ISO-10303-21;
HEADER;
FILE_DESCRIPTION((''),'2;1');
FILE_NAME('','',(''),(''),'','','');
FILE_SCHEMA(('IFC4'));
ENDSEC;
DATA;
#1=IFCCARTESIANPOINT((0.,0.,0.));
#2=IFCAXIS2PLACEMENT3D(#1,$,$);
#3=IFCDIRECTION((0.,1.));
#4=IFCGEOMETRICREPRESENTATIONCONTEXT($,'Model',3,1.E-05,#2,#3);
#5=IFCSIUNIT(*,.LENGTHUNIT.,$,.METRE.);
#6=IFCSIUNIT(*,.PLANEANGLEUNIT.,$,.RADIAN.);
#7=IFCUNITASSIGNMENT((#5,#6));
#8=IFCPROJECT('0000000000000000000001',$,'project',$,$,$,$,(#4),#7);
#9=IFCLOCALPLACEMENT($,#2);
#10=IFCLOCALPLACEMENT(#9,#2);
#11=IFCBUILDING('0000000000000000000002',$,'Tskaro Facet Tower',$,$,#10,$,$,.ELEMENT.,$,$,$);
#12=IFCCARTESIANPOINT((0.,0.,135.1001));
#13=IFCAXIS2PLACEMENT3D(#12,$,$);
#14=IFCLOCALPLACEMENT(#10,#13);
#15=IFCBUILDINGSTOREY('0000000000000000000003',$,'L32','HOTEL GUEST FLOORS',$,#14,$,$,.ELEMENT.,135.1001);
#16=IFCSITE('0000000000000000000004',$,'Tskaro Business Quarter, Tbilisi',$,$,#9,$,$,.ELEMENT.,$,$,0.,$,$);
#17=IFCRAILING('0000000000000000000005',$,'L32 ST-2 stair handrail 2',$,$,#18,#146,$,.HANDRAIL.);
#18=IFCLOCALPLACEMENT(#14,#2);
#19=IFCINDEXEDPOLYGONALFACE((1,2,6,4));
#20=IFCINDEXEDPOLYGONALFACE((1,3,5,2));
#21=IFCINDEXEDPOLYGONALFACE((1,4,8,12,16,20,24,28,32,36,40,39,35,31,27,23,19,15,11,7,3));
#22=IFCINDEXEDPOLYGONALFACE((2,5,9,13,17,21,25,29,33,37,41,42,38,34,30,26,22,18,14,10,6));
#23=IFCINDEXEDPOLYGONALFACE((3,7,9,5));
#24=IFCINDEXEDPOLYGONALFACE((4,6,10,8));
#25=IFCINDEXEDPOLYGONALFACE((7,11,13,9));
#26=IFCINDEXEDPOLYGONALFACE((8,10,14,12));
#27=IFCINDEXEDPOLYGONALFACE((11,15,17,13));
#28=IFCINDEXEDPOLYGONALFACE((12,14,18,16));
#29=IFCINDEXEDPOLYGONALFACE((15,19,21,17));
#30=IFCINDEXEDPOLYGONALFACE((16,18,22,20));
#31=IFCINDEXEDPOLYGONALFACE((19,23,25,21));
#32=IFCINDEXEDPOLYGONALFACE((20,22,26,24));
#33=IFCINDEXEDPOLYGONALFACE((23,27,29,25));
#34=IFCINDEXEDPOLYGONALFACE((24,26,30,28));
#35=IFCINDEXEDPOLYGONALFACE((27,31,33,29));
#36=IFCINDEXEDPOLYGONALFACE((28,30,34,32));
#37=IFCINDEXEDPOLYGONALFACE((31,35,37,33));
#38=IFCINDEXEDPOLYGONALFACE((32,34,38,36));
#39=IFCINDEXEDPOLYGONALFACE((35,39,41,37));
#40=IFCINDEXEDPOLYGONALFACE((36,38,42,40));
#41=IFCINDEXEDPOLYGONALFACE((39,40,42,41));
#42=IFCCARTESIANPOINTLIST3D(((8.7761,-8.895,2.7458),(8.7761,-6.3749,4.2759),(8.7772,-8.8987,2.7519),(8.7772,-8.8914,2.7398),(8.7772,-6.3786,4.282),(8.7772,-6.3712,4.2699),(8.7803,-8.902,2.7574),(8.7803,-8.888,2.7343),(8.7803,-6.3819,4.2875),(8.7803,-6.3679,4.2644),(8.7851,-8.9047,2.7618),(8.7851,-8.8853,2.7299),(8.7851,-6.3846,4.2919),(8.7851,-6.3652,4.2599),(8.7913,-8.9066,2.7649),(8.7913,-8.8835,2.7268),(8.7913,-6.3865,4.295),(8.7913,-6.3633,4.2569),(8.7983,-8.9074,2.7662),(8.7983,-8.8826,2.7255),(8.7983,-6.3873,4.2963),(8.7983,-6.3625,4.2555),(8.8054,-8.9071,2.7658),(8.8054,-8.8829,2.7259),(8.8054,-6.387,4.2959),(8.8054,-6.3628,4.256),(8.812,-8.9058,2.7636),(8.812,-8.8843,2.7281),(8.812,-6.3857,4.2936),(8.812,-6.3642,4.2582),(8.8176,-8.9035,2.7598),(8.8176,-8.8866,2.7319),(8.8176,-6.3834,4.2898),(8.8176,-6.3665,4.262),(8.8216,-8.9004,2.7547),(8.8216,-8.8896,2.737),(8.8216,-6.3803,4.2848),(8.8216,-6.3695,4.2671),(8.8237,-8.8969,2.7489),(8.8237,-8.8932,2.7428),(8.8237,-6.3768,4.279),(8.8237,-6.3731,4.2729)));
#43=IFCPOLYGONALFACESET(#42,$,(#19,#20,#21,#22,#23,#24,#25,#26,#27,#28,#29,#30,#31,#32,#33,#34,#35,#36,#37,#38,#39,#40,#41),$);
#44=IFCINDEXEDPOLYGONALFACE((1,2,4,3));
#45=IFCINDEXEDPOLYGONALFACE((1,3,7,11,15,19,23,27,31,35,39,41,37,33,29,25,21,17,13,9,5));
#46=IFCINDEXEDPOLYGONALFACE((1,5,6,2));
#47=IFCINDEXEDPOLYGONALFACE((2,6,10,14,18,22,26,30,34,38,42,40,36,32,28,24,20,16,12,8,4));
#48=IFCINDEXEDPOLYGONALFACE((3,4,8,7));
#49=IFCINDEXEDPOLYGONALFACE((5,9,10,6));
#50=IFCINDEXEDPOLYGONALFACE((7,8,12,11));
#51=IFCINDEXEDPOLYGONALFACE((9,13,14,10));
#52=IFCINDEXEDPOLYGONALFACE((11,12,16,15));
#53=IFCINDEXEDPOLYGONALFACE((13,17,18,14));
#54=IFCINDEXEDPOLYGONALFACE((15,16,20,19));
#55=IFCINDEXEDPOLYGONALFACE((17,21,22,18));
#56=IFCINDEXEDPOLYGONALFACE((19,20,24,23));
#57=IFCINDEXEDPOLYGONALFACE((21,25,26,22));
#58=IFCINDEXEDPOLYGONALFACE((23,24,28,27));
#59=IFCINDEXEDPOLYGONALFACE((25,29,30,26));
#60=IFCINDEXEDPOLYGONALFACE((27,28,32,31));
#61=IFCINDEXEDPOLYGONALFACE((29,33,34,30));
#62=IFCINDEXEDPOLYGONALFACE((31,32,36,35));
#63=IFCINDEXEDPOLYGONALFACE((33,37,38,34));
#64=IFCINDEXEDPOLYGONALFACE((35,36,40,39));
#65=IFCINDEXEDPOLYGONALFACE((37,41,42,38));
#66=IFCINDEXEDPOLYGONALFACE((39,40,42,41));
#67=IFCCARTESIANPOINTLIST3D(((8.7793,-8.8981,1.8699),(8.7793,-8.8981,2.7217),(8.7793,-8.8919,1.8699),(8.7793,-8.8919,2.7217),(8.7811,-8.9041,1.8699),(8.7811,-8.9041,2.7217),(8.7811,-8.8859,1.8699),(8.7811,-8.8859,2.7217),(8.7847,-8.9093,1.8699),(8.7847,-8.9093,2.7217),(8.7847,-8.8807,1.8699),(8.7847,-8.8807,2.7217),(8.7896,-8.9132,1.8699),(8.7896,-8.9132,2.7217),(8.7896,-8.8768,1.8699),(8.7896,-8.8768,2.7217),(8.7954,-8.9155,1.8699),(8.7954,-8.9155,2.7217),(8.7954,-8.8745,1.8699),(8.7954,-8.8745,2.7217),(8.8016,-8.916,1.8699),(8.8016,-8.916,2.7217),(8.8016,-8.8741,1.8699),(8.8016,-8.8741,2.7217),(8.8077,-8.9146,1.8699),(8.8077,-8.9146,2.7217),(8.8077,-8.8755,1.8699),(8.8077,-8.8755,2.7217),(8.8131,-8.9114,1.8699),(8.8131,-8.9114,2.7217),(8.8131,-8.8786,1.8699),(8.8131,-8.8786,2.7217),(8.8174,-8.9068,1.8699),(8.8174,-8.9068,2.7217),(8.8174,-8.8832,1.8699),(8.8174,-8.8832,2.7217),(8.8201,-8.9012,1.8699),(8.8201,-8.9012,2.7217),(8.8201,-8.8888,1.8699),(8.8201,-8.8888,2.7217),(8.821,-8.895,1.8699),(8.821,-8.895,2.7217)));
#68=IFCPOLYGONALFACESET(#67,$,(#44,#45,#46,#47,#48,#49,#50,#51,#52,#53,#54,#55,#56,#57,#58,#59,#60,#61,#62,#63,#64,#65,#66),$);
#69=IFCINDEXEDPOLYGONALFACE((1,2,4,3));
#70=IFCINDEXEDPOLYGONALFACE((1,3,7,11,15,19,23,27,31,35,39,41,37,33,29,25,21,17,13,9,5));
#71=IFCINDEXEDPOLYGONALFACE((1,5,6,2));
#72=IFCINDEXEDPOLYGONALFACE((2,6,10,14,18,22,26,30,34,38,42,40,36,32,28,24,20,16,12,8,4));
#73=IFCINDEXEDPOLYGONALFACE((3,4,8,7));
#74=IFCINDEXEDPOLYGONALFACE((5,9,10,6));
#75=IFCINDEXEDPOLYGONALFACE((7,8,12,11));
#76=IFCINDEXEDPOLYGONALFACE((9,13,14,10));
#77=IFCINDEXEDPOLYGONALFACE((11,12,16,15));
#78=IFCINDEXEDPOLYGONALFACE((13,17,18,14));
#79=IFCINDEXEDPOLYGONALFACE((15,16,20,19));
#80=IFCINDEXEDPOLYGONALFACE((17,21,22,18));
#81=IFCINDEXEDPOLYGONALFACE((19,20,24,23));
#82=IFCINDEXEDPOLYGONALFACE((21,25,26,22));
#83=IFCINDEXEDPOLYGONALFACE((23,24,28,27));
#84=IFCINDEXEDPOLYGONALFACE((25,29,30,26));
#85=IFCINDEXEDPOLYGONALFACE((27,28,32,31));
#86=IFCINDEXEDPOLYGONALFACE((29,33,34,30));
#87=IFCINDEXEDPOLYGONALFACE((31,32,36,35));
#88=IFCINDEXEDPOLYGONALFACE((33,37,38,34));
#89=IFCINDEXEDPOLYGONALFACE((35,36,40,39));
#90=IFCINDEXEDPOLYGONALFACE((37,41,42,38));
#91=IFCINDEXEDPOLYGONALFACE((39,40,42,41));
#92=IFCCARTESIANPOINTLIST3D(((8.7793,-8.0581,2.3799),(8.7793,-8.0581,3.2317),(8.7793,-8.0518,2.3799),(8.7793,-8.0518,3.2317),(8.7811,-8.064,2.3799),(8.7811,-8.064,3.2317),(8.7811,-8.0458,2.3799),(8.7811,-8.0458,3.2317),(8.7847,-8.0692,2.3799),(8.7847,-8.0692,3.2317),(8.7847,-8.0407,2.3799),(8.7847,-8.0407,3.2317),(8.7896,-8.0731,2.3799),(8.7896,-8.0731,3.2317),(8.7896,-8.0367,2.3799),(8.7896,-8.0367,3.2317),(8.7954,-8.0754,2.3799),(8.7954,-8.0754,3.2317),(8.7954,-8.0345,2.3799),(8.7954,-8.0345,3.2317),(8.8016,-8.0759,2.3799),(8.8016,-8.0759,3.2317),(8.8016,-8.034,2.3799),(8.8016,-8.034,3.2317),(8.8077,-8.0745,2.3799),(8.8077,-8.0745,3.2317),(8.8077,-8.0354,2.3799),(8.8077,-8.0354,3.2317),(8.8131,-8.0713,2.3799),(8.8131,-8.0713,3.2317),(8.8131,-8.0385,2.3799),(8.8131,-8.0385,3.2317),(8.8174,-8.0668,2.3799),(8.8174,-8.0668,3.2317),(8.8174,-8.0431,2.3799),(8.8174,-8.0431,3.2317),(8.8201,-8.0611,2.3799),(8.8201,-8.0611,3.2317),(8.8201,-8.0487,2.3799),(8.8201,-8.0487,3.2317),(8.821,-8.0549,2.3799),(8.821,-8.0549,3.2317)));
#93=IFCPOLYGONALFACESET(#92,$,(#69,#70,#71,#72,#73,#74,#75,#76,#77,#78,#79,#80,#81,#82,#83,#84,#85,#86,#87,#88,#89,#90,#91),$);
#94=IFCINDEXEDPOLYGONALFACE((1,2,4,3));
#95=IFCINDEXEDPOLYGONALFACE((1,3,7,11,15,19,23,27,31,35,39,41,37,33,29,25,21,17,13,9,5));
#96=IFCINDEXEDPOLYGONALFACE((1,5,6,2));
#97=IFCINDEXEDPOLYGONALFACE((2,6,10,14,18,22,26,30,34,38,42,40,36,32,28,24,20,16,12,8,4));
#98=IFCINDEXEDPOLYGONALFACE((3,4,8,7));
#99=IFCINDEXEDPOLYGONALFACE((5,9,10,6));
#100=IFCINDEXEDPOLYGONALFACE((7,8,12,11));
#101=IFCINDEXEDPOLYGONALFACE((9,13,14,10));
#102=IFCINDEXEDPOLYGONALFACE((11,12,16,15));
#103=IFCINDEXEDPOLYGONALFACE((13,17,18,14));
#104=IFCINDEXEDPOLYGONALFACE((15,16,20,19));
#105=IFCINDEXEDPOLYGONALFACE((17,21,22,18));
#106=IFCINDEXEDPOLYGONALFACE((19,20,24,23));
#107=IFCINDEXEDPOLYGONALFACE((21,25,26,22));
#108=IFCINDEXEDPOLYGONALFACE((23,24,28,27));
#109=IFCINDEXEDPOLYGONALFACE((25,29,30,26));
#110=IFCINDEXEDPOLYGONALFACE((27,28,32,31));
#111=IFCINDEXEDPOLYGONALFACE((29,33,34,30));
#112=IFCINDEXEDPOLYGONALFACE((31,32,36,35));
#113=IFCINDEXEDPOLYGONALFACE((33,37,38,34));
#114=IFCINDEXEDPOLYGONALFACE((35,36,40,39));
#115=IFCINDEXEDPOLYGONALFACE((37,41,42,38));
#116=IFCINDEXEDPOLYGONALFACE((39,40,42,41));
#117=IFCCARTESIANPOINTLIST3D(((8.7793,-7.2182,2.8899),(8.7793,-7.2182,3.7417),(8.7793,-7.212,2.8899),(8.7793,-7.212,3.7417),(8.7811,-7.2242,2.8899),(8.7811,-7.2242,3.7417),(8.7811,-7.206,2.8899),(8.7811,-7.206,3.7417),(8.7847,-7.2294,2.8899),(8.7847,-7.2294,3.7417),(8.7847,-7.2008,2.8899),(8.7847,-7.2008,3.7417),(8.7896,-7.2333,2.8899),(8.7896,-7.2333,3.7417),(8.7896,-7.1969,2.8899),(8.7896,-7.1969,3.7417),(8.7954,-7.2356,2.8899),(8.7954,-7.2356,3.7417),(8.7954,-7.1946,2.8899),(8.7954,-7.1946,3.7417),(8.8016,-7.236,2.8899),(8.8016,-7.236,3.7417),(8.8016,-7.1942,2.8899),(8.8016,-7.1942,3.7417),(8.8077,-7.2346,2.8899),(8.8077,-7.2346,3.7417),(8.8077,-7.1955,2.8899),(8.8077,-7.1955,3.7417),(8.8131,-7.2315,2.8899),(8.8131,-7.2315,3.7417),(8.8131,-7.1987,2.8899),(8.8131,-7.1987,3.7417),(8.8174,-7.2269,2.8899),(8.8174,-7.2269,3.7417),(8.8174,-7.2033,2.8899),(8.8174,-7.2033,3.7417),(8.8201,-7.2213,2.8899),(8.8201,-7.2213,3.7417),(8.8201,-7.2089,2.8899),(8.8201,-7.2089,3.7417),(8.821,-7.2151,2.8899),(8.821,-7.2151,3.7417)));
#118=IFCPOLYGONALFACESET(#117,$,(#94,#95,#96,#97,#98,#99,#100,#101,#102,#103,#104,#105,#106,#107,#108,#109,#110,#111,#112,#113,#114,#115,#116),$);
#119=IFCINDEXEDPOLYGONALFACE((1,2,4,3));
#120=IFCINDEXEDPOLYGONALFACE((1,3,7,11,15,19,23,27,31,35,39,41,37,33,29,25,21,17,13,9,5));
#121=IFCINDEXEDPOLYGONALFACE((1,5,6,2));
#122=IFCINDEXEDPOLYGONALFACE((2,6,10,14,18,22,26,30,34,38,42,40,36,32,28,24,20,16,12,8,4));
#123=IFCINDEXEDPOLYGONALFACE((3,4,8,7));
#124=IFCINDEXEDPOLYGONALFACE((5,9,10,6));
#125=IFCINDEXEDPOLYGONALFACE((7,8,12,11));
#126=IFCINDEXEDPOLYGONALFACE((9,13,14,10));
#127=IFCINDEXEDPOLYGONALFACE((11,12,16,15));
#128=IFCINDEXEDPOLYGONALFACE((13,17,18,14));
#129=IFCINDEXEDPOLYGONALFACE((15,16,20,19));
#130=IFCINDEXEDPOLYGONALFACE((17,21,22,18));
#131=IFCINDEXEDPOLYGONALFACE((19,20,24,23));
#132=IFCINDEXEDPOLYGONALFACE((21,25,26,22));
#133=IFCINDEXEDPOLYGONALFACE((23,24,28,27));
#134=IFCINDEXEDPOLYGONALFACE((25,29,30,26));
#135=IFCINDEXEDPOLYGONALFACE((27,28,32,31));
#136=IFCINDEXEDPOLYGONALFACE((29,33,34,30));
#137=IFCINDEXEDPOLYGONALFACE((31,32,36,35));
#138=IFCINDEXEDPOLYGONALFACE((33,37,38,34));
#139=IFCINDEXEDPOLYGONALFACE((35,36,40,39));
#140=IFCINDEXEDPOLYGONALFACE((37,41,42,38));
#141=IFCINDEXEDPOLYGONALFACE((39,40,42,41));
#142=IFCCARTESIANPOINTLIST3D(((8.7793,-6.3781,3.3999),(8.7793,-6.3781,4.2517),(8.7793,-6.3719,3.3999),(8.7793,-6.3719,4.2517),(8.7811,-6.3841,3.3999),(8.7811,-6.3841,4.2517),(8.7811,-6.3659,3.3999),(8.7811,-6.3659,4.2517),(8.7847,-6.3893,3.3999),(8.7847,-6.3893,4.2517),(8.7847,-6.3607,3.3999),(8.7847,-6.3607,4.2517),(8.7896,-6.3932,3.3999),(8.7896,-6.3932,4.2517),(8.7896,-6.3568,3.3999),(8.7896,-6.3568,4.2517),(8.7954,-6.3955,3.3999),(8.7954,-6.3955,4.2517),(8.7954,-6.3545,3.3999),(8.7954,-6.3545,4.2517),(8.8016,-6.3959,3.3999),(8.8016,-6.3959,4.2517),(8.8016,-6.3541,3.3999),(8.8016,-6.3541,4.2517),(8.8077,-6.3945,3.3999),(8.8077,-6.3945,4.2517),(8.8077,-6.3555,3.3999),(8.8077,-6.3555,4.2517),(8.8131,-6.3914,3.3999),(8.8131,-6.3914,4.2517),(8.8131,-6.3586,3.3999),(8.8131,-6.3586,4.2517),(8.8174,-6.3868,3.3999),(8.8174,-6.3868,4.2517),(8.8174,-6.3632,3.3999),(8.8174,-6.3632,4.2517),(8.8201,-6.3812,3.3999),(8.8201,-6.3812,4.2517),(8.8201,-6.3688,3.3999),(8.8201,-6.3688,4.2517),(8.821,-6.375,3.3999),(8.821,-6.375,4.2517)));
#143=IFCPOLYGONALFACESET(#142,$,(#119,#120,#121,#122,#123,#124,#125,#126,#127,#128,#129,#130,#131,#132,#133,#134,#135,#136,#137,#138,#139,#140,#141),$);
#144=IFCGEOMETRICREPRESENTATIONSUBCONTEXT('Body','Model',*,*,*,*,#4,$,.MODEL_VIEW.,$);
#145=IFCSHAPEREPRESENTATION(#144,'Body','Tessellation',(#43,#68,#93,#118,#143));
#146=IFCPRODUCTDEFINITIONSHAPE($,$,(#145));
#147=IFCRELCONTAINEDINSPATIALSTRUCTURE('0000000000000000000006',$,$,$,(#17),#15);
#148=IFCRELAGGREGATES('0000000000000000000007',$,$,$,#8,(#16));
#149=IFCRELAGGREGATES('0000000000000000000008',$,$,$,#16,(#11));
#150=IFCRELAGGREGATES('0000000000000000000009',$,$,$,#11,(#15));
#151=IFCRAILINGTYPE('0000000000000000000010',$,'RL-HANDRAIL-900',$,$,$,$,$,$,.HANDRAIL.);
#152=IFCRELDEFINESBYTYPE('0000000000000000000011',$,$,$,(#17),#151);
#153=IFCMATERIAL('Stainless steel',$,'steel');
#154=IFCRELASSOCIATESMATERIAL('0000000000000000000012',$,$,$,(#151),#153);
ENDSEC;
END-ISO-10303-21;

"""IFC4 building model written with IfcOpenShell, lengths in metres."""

from ifc_helpers import new_model, si_unit, direction, frame, origin, origin_2d, place, context, subcontext, project, spatial, circle, extrude, material, type_object, element, save


model = new_model("IFC4")

# Units and contexts
model_context = context("Model", 3, precision=1e-05, world=origin(), true_north=direction((0.0, 1.0)))
body_context = subcontext(model_context, "Body", "Model", "MODEL_VIEW")
ifc_project = project(units=[si_unit("LENGTHUNIT", "METRE"), si_unit("PLANEANGLEUNIT", "RADIAN")], contexts=[model_context])

# Site, building, storey
site_placement = place(None, origin())
site = spatial("IfcSite", under=ifc_project, at=site_placement, Name="Tskaro Business Quarter, Tbilisi", CompositionType="ELEMENT", RefElevation=0.0)
building_placement = place(site_placement, origin())
building = spatial("IfcBuilding", under=site, at=building_placement, Name="Tskaro Facet Tower", CompositionType="ELEMENT")
storey_placement = place(building_placement, frame((0.0, 0.0, 135.1001)))
storey = spatial("IfcBuildingStorey", under=building, at=storey_placement, Name="L32", Description="HOTEL GUEST FLOORS", CompositionType="ELEMENT", Elevation=135.1001)

# Railing
ifc_material_1 = material(Name="Stainless steel", Category="steel")
railing_type_1 = type_object("IfcRailingType", Name="RL-HANDRAIL-900", PredefinedType="HANDRAIL", material=ifc_material_1)
railing_1_placement = place(storey_placement, frame((8.8, -8.895, 1.8699)))
element("IfcRailing", 1, at=railing_1_placement, inside=storey, type_object=railing_type_1, Name="L32 ST-2 stair handrail 2", PredefinedType="HANDRAIL", context=body_context, shape_type="SweptSolid", body=[
    extrude(circle(Radius=0.0239, at=origin_2d()), frame((0.0, 0.0, 0.876), z_axis=(0.0, 0.854785, 0.518982), x_axis=(-1.0, 0.0, 0.0)), (0.0, 0.0, 1.0), 2.9482),
    extrude(circle(Radius=0.021, at=origin_2d()), origin(), (0.0, 0.0, 1.0), 0.8518),
    extrude(circle(Radius=0.021, at=origin_2d()), frame((0.0, 0.8401, 0.51)), (0.0, 0.0, 1.0), 0.8518),
    extrude(circle(Radius=0.021, at=origin_2d()), frame((0.0, 1.6799, 1.02)), (0.0, 0.0, 1.0), 0.8518),
    extrude(circle(Radius=0.021, at=origin_2d()), frame((0.0, 2.52, 1.53)), (0.0, 0.0, 1.0), 0.8518),
])

save(model, "model.ifc")
